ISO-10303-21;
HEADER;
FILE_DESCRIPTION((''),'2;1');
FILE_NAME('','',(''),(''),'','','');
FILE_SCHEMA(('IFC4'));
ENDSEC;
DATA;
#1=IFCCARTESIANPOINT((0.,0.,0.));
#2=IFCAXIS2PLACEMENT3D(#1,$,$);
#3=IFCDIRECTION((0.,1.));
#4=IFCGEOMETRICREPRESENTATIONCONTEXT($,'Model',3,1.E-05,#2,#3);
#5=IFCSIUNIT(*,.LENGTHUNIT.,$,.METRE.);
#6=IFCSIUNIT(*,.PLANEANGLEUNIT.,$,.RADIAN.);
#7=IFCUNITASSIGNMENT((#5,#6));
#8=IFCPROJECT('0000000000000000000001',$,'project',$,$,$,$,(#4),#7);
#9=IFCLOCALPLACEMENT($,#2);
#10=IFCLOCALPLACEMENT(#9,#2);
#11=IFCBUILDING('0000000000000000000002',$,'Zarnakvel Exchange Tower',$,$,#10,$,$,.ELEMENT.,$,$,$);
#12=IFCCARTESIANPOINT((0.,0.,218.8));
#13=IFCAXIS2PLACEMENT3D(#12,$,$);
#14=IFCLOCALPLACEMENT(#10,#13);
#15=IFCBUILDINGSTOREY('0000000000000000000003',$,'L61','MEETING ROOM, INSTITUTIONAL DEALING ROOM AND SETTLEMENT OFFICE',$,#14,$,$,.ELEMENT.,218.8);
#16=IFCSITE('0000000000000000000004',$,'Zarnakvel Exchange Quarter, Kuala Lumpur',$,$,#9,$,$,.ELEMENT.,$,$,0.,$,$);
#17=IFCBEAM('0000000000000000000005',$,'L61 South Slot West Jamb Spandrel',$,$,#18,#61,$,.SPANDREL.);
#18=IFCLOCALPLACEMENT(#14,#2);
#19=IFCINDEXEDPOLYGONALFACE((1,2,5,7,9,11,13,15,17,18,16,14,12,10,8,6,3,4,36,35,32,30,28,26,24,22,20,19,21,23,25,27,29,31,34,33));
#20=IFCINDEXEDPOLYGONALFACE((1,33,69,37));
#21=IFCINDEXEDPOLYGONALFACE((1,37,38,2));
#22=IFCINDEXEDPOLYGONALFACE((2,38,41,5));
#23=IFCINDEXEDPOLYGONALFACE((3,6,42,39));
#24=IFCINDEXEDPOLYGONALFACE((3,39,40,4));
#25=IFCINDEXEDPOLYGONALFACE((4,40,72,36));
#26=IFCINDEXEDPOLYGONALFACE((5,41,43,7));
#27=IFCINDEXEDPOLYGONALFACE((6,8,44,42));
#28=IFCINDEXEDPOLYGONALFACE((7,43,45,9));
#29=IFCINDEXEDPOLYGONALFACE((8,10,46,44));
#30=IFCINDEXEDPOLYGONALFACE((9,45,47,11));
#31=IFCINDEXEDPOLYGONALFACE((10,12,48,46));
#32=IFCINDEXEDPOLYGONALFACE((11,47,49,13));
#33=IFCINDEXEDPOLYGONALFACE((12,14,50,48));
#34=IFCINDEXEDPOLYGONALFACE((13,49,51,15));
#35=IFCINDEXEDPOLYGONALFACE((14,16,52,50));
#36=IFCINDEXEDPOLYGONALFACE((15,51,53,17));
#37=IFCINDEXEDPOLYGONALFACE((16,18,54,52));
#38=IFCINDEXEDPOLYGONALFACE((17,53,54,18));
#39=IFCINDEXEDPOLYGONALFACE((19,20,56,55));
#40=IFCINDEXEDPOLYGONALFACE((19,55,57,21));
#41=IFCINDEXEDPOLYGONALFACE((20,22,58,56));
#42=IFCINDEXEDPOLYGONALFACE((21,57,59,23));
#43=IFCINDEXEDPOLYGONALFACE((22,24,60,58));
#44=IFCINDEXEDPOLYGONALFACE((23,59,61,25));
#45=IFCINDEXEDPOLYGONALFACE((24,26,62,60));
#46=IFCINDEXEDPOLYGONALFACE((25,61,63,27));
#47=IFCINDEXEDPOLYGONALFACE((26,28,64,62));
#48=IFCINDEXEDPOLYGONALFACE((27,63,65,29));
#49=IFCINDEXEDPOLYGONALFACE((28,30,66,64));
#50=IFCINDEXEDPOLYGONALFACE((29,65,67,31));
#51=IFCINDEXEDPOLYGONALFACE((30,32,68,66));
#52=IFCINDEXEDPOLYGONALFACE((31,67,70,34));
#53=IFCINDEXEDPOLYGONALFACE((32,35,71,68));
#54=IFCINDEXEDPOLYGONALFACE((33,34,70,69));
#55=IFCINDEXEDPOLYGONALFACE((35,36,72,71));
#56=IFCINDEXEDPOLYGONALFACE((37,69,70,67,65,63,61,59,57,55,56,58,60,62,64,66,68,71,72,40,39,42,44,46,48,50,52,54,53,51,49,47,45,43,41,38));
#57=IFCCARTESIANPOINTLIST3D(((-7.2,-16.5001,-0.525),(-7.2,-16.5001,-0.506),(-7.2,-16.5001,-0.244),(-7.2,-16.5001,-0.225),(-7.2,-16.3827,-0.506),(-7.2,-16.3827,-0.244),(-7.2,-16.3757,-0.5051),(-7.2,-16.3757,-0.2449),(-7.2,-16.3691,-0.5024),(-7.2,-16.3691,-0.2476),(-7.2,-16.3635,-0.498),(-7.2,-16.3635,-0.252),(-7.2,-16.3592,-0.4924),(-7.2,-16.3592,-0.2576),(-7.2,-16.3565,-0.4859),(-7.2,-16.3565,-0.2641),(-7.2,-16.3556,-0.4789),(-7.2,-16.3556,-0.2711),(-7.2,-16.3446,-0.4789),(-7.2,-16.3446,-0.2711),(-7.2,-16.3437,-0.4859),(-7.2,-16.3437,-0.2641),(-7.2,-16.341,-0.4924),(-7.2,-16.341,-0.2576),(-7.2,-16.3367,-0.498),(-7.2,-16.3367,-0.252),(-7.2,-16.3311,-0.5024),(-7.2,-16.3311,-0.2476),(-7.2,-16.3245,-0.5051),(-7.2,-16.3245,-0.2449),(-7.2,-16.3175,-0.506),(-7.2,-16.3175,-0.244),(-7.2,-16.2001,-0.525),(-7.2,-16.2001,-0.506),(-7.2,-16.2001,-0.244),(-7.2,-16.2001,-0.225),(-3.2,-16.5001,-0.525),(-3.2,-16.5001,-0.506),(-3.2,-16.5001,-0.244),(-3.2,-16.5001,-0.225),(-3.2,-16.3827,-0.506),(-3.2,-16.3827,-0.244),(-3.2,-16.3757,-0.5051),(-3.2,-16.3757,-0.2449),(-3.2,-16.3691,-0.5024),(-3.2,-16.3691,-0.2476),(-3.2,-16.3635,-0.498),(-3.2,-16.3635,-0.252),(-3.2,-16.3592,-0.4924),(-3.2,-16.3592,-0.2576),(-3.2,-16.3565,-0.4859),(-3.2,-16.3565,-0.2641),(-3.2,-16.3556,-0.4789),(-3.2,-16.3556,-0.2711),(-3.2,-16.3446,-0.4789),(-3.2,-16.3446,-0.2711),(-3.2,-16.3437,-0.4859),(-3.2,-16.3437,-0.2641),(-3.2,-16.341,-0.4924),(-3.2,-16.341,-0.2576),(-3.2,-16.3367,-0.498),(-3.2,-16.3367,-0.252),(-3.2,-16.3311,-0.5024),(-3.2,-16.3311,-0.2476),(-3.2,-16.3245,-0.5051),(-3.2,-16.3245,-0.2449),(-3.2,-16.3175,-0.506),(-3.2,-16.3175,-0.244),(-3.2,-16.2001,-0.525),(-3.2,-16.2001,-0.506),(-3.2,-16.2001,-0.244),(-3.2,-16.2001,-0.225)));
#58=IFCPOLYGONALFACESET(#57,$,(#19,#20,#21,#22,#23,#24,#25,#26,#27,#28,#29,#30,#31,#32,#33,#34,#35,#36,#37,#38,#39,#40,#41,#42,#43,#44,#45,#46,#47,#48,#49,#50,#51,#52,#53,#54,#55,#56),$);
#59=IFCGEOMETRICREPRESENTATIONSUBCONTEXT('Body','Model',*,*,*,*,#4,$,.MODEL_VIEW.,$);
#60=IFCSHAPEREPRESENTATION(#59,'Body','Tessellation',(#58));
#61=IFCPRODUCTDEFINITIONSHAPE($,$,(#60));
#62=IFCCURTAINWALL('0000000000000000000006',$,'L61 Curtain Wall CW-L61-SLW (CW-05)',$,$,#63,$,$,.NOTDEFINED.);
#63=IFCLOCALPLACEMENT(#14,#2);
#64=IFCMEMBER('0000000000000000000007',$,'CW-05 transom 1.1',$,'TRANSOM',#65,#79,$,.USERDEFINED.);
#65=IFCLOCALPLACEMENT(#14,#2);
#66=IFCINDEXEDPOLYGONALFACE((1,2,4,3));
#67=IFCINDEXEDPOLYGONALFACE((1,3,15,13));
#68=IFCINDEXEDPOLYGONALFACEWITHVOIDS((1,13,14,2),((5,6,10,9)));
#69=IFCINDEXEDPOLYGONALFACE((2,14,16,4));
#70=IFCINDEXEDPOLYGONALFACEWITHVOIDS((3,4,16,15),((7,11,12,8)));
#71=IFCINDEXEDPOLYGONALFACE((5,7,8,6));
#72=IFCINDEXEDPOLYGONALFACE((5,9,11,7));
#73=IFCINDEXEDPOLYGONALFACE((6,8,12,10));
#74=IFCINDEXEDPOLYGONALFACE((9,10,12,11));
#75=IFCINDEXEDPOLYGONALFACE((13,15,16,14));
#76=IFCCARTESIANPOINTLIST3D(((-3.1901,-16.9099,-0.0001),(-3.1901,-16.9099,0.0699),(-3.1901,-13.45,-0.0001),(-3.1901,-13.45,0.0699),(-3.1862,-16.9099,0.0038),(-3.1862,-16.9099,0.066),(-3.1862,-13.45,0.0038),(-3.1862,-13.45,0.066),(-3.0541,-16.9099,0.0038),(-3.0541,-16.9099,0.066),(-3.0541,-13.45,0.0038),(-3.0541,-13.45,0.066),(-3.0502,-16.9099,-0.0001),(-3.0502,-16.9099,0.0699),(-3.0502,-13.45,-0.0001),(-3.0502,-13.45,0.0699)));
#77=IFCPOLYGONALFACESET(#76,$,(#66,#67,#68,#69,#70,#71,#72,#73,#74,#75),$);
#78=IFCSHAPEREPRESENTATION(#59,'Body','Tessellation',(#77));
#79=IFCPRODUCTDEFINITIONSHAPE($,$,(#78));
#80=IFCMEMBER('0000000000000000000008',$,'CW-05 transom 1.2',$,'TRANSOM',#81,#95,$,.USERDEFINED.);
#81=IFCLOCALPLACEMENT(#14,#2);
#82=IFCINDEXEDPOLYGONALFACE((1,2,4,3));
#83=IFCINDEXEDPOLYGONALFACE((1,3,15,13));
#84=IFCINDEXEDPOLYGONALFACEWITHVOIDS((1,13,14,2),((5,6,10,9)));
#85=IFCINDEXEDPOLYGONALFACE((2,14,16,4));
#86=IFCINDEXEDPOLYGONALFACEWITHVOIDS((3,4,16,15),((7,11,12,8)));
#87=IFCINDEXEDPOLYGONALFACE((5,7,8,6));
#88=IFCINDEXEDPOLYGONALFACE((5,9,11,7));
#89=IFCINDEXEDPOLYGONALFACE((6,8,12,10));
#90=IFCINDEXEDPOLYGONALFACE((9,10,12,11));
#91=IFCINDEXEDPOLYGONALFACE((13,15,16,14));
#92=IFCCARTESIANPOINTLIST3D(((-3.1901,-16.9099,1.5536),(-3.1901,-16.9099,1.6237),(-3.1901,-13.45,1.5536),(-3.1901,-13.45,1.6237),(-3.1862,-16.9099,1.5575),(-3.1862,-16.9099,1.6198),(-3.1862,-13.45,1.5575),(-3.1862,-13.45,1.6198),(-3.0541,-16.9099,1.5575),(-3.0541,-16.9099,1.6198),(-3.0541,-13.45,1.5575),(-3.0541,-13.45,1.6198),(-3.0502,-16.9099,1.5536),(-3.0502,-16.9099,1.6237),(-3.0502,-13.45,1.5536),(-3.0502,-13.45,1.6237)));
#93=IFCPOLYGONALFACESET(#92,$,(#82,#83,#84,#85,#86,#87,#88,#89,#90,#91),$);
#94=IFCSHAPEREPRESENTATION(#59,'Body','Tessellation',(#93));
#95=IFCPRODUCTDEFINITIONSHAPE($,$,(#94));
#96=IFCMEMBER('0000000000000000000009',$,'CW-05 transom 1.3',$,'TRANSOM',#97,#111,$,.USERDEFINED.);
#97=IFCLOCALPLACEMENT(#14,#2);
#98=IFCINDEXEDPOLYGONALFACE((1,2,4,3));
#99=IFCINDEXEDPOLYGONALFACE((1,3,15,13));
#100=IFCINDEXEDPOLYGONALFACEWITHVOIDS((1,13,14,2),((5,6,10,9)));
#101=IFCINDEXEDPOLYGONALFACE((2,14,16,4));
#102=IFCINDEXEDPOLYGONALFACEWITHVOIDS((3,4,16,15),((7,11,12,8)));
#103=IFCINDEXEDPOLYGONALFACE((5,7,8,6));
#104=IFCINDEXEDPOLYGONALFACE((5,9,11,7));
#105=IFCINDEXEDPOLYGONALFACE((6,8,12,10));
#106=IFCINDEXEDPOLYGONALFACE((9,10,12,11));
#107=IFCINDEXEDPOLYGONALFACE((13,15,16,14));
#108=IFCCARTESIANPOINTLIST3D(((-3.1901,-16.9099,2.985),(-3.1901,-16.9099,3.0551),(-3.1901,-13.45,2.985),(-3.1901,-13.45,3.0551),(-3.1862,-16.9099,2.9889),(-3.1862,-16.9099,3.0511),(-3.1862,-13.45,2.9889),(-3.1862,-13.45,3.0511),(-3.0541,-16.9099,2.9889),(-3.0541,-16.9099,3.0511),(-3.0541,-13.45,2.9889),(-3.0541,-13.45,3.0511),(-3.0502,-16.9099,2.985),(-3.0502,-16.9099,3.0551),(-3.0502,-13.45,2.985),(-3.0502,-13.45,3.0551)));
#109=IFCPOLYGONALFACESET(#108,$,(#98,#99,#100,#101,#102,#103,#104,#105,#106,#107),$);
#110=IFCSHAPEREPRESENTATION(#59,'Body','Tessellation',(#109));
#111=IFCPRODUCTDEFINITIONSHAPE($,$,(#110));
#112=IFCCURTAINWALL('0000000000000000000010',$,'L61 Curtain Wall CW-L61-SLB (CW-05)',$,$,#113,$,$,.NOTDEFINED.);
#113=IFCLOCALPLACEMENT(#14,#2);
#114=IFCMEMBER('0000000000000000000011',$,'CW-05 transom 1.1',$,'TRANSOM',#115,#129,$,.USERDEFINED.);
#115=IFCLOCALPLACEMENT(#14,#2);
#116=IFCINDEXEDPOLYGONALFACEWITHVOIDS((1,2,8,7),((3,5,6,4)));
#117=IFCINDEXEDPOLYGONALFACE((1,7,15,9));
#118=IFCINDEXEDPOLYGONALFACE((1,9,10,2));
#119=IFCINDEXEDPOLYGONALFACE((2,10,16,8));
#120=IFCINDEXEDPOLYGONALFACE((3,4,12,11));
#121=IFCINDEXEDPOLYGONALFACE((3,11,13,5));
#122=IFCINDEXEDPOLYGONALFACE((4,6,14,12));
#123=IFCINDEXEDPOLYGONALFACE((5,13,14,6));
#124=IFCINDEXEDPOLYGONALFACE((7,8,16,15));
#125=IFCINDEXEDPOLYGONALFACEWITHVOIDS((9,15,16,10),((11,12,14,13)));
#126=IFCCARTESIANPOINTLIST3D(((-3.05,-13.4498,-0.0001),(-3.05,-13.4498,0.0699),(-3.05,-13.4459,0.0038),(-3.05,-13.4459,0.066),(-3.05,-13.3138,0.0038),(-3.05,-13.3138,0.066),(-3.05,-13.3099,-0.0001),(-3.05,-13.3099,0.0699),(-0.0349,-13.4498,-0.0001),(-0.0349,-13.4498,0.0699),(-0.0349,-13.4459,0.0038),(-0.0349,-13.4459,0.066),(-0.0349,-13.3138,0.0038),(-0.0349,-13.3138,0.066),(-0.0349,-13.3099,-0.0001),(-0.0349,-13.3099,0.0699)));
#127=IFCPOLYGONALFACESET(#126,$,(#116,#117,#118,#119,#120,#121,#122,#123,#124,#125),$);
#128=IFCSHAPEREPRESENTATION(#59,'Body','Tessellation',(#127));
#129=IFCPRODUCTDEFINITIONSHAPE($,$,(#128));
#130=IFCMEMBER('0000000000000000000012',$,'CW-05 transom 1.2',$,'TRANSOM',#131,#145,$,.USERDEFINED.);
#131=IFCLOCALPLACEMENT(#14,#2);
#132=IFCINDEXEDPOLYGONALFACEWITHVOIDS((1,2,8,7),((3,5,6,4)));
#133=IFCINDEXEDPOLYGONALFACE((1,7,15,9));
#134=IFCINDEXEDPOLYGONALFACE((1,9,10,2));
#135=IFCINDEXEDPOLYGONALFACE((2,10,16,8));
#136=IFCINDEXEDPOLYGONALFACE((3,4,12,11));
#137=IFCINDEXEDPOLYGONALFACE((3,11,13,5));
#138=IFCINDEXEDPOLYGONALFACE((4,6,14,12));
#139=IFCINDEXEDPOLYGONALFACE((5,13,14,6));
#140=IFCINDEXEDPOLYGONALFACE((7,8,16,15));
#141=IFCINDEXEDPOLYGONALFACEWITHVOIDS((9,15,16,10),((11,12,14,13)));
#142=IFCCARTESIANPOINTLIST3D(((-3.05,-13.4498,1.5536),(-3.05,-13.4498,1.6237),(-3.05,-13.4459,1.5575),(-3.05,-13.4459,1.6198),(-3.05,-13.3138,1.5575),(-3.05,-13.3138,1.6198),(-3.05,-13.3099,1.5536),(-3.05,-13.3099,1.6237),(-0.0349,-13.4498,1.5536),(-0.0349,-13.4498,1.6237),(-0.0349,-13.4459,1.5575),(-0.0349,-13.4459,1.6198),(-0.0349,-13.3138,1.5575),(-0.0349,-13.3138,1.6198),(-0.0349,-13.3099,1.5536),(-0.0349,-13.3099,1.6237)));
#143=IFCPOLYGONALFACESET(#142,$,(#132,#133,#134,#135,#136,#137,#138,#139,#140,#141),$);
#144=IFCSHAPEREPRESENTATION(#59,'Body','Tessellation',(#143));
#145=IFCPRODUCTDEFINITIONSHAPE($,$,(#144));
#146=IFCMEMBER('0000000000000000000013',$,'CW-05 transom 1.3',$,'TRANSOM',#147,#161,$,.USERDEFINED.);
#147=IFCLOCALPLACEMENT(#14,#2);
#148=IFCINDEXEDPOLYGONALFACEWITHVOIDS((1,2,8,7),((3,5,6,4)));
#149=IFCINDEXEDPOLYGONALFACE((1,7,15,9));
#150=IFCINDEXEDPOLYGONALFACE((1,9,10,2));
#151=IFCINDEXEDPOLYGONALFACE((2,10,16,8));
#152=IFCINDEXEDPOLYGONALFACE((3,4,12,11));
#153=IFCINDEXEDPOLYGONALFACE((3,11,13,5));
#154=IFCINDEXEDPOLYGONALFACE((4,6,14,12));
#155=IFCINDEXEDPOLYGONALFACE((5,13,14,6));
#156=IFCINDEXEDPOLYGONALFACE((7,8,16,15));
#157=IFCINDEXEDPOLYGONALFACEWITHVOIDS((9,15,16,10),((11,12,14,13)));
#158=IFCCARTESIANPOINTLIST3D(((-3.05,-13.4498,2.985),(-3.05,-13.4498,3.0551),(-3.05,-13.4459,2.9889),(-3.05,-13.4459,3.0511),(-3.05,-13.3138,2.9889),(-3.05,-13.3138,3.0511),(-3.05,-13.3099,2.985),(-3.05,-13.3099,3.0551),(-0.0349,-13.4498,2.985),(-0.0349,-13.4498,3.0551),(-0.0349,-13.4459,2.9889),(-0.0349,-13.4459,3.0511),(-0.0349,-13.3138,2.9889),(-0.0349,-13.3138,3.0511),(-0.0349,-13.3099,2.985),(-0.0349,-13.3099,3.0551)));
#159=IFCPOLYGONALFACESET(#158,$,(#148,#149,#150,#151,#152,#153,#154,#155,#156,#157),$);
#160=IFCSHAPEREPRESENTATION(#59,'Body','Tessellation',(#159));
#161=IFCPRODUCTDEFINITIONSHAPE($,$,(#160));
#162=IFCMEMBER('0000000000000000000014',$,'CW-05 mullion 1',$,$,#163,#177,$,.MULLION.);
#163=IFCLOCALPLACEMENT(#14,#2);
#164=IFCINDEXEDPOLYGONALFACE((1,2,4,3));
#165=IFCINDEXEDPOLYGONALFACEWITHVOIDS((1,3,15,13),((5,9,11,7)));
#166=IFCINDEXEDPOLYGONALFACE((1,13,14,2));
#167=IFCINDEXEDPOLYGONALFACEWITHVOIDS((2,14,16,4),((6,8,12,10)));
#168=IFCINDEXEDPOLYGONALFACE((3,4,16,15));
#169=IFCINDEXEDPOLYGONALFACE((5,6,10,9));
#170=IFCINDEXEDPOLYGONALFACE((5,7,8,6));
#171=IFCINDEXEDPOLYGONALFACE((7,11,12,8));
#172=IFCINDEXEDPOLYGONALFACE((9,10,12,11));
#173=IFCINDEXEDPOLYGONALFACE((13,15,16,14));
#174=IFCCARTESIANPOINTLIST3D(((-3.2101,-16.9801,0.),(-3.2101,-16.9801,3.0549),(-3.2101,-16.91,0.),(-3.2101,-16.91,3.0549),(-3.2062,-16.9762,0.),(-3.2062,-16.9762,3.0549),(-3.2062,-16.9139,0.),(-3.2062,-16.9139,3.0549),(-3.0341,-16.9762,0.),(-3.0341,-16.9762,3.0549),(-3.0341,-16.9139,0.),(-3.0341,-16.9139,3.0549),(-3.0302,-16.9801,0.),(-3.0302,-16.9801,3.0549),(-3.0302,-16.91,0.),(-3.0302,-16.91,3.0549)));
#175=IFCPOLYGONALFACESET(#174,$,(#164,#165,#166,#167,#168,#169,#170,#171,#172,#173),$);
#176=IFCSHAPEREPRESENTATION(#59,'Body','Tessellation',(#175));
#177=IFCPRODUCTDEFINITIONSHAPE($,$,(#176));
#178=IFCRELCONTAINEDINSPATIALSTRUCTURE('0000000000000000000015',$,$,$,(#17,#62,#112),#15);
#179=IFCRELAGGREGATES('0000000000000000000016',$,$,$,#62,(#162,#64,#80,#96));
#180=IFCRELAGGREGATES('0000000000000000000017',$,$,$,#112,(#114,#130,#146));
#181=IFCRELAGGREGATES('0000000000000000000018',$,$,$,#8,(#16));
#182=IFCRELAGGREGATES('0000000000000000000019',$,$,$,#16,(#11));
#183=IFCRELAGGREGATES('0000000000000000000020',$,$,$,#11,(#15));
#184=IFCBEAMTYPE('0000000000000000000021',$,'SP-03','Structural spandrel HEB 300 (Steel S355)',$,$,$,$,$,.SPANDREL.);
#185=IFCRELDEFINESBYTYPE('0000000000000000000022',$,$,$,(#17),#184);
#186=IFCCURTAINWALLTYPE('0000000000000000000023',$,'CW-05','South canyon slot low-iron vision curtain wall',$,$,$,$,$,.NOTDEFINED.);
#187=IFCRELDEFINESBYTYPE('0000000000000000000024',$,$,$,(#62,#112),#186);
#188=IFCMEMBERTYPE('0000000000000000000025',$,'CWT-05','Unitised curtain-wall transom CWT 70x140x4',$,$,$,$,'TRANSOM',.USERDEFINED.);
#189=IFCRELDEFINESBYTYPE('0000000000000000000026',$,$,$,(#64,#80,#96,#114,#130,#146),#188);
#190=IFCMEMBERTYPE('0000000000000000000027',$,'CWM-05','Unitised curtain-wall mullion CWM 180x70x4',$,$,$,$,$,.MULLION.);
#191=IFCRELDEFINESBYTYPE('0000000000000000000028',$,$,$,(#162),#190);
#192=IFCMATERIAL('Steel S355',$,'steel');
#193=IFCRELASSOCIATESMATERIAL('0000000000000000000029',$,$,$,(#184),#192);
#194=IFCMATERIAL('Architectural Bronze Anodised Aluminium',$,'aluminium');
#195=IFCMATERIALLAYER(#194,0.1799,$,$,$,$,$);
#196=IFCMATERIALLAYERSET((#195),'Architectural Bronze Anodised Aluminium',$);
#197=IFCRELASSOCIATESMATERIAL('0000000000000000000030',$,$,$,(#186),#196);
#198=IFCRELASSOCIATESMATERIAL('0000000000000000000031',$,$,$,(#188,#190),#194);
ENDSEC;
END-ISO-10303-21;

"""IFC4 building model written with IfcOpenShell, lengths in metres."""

from ifc_helpers import new_model, si_unit, direction, frame, origin, origin_2d, place, context, subcontext, project, spatial, hollow_rectangle, i_section, extrude, source, transform, mapped, material, layer, layer_set, material_profile, profile_set, type_object, element, aggregate, save


model = new_model("IFC4")

# Units and contexts
model_context = context("Model", 3, precision=1e-05, world=origin(), true_north=direction((0.0, 1.0)))
body_context = subcontext(model_context, "Body", "Model", "MODEL_VIEW")
ifc_project = project(units=[si_unit("LENGTHUNIT", "METRE"), si_unit("PLANEANGLEUNIT", "RADIAN")], contexts=[model_context])

# Site, building, storey
site_placement = place(None, origin())
site = spatial("IfcSite", under=ifc_project, at=site_placement, Name="Zarnakvel Exchange Quarter, Kuala Lumpur", CompositionType="ELEMENT", RefElevation=0.0)
building_placement = place(site_placement, origin())
building = spatial("IfcBuilding", under=site, at=building_placement, Name="Zarnakvel Exchange Tower", CompositionType="ELEMENT")
storey_placement = place(building_placement, frame((0.0, 0.0, 218.8)))
storey = spatial("IfcBuildingStorey", under=building, at=storey_placement, Name="L61", Description="MEETING ROOM, INSTITUTIONAL DEALING ROOM AND SETTLEMENT OFFICE", CompositionType="ELEMENT", Elevation=218.8)

# Beam
ifc_material_1 = material(Name="Steel S355", Category="steel")
ifc_material_profile_1 = material_profile(ifc_material_1, i_section(OverallWidth=0.3, OverallDepth=0.3, WebThickness=0.011, FlangeThickness=0.019, FilletRadius=0.0271, at=origin_2d()))
ifc_profile_set_1 = profile_set([ifc_material_profile_1], Name="Steel S355")
beam_type_1 = type_object("IfcBeamType", Name="SP-03", Description="Structural spandrel HEB 300 (Steel S355)", PredefinedType="SPANDREL", material=ifc_profile_set_1)
beam_1_placement = place(storey_placement, frame((-7.2, -16.3501, -0.375), z_axis=(1.0, 0.0, 0.0), x_axis=(0.0, 1.0, 0.0)))
element("IfcBeam", 1, at=beam_1_placement, inside=storey, type_object=beam_type_1, Name="L61 South Slot West Jamb Spandrel", PredefinedType="SPANDREL", context=body_context, shape_type="SweptSolid", body=[
    extrude(i_section(OverallWidth=0.3, OverallDepth=0.3, WebThickness=0.011, FlangeThickness=0.019, FilletRadius=0.0271, at=origin_2d()), origin(), (0.0, 0.0, 1.0), 4.0),
])

# Curtain walls, members
ifc_material_2 = material(Name="Architectural Bronze Anodised Aluminium", Category="aluminium")
ifc_layer_1 = layer(ifc_material_2, 0.1799)
ifc_layer_set_1 = layer_set([ifc_layer_1], Name="Architectural Bronze Anodised Aluminium")
curtain_wall_type = type_object("IfcCurtainWallType", Name="CW-05", Description="South canyon slot low-iron vision curtain wall", PredefinedType="NOTDEFINED", material=ifc_layer_set_1)
curtain_wall_1_placement = place(storey_placement, origin())
curtain_wall_1 = element("IfcCurtainWall", 2, at=curtain_wall_1_placement, inside=storey, type_object=curtain_wall_type, Name="L61 Curtain Wall CW-L61-SLW (CW-05)", PredefinedType="NOTDEFINED")
ifc_material_profile_2 = material_profile(ifc_material_2, hollow_rectangle(XDim=0.1399, YDim=0.0701, WallThickness=0.0039, at=origin_2d()))
ifc_profile_set_2 = profile_set([ifc_material_profile_2], Name="Architectural Bronze Anodised Aluminium")
member_type_1 = type_object("IfcMemberType", Name="CWT-05", Description="Unitised curtain-wall transom CWT 70x140x4", ElementType="TRANSOM", PredefinedType="USERDEFINED", material=ifc_profile_set_2)
shared_shape_1 = source(origin(), body_context, "Body", "SweptSolid", [
    extrude(hollow_rectangle(XDim=0.1399, YDim=0.0701, WallThickness=0.0039, at=origin_2d()), origin(), (0.0, 0.0, 1.0), 3.46),
])
member_1_placement = place(storey_placement, frame((-3.1201, -16.9099, 0.0349), z_axis=(0.0, 1.0, 0.0), x_axis=(-1.0, 0.0, 0.0)))
member_1 = element("IfcMember", 3, at=member_1_placement, type_object=member_type_1, Name="CW-05 transom 1.1", ObjectType="TRANSOM", PredefinedType="USERDEFINED", context=body_context, shape_type="MappedRepresentation", body=[
    mapped(shared_shape_1, transform((0.0, 0.0, 0.0), x_axis=(1.0, 0.0, 0.0), y_axis=(0.0, 1.0, 0.0), z_axis=(0.0, 0.0, 1.0), scale=1.0)),
])
member_2_placement = place(storey_placement, frame((-3.1201, -16.9099, 1.5886), z_axis=(0.0, 1.0, 0.0), x_axis=(-1.0, 0.0, 0.0)))
member_2 = element("IfcMember", 4, at=member_2_placement, type_object=member_type_1, Name="CW-05 transom 1.2", ObjectType="TRANSOM", PredefinedType="USERDEFINED", context=body_context, shape_type="MappedRepresentation", body=[
    mapped(shared_shape_1, transform((0.0, 0.0, 0.0), x_axis=(1.0, 0.0, 0.0), y_axis=(0.0, 1.0, 0.0), z_axis=(0.0, 0.0, 1.0), scale=1.0)),
])
member_3_placement = place(storey_placement, frame((-3.1201, -16.9099, 3.02), z_axis=(0.0, 1.0, 0.0), x_axis=(-1.0, 0.0, 0.0)))
member_3 = element("IfcMember", 5, at=member_3_placement, type_object=member_type_1, Name="CW-05 transom 1.3", ObjectType="TRANSOM", PredefinedType="USERDEFINED", context=body_context, shape_type="MappedRepresentation", body=[
    mapped(shared_shape_1, transform((0.0, 0.0, 0.0), x_axis=(1.0, 0.0, 0.0), y_axis=(0.0, 1.0, 0.0), z_axis=(0.0, 0.0, 1.0), scale=1.0)),
])
curtain_wall_2_placement = place(storey_placement, origin())
curtain_wall_2 = element("IfcCurtainWall", 6, at=curtain_wall_2_placement, inside=storey, type_object=curtain_wall_type, Name="L61 Curtain Wall CW-L61-SLB (CW-05)", PredefinedType="NOTDEFINED")
shared_shape_2 = source(origin(), body_context, "Body", "SweptSolid", [
    extrude(hollow_rectangle(XDim=0.1399, YDim=0.0701, WallThickness=0.0039, at=origin_2d()), origin(), (0.0, 0.0, 1.0), 3.0151),
])
member_4_placement = place(storey_placement, frame((-3.05, -13.3799, 0.0349), z_axis=(1.0, 0.0, 0.0), x_axis=(0.0, 1.0, 0.0)))
member_4 = element("IfcMember", 7, at=member_4_placement, type_object=member_type_1, Name="CW-05 transom 1.1", ObjectType="TRANSOM", PredefinedType="USERDEFINED", context=body_context, shape_type="MappedRepresentation", body=[
    mapped(shared_shape_2, transform((0.0, 0.0, 0.0), x_axis=(1.0, 0.0, 0.0), y_axis=(0.0, 1.0, 0.0), z_axis=(0.0, 0.0, 1.0), scale=1.0)),
])
member_5_placement = place(storey_placement, frame((-3.05, -13.3799, 1.5886), z_axis=(1.0, 0.0, 0.0), x_axis=(0.0, 1.0, 0.0)))
member_5 = element("IfcMember", 8, at=member_5_placement, type_object=member_type_1, Name="CW-05 transom 1.2", ObjectType="TRANSOM", PredefinedType="USERDEFINED", context=body_context, shape_type="MappedRepresentation", body=[
    mapped(shared_shape_2, transform((0.0, 0.0, 0.0), x_axis=(1.0, 0.0, 0.0), y_axis=(0.0, 1.0, 0.0), z_axis=(0.0, 0.0, 1.0), scale=1.0)),
])
member_6_placement = place(storey_placement, frame((-3.05, -13.3799, 3.02), z_axis=(1.0, 0.0, 0.0), x_axis=(0.0, 1.0, 0.0)))
member_6 = element("IfcMember", 9, at=member_6_placement, type_object=member_type_1, Name="CW-05 transom 1.3", ObjectType="TRANSOM", PredefinedType="USERDEFINED", context=body_context, shape_type="MappedRepresentation", body=[
    mapped(shared_shape_2, transform((0.0, 0.0, 0.0), x_axis=(1.0, 0.0, 0.0), y_axis=(0.0, 1.0, 0.0), z_axis=(0.0, 0.0, 1.0), scale=1.0)),
])

# Member
ifc_material_profile_3 = material_profile(ifc_material_2, hollow_rectangle(XDim=0.1799, YDim=0.0701, WallThickness=0.0039, at=origin_2d()))
ifc_profile_set_3 = profile_set([ifc_material_profile_3], Name="Architectural Bronze Anodised Aluminium")
member_type_2 = type_object("IfcMemberType", Name="CWM-05", Description="Unitised curtain-wall mullion CWM 180x70x4", PredefinedType="MULLION", material=ifc_profile_set_3)
shared_shape_3 = source(origin(), body_context, "Body", "SweptSolid", [
    extrude(hollow_rectangle(XDim=0.1799, YDim=0.0701, WallThickness=0.0039, at=origin_2d()), origin(), (0.0, 0.0, 1.0), 3.0549),
])
member_7_placement = place(storey_placement, frame((-3.1201, -16.9451, 0.0), z_axis=(0.0, 0.0, 1.0), x_axis=(-1.0, 0.0, 0.0)))
member_7 = element("IfcMember", 10, at=member_7_placement, type_object=member_type_2, Name="CW-05 mullion 1", PredefinedType="MULLION", context=body_context, shape_type="MappedRepresentation", body=[
    mapped(shared_shape_3, transform((0.0, 0.0, 0.0), x_axis=(1.0, 0.0, 0.0), y_axis=(0.0, 1.0, 0.0), z_axis=(0.0, 0.0, 1.0), scale=1.0)),
])

aggregate(curtain_wall_1, [member_7, member_1, member_2, member_3])
aggregate(curtain_wall_2, [member_4, member_5, member_6])

save(model, "model.ifc")
